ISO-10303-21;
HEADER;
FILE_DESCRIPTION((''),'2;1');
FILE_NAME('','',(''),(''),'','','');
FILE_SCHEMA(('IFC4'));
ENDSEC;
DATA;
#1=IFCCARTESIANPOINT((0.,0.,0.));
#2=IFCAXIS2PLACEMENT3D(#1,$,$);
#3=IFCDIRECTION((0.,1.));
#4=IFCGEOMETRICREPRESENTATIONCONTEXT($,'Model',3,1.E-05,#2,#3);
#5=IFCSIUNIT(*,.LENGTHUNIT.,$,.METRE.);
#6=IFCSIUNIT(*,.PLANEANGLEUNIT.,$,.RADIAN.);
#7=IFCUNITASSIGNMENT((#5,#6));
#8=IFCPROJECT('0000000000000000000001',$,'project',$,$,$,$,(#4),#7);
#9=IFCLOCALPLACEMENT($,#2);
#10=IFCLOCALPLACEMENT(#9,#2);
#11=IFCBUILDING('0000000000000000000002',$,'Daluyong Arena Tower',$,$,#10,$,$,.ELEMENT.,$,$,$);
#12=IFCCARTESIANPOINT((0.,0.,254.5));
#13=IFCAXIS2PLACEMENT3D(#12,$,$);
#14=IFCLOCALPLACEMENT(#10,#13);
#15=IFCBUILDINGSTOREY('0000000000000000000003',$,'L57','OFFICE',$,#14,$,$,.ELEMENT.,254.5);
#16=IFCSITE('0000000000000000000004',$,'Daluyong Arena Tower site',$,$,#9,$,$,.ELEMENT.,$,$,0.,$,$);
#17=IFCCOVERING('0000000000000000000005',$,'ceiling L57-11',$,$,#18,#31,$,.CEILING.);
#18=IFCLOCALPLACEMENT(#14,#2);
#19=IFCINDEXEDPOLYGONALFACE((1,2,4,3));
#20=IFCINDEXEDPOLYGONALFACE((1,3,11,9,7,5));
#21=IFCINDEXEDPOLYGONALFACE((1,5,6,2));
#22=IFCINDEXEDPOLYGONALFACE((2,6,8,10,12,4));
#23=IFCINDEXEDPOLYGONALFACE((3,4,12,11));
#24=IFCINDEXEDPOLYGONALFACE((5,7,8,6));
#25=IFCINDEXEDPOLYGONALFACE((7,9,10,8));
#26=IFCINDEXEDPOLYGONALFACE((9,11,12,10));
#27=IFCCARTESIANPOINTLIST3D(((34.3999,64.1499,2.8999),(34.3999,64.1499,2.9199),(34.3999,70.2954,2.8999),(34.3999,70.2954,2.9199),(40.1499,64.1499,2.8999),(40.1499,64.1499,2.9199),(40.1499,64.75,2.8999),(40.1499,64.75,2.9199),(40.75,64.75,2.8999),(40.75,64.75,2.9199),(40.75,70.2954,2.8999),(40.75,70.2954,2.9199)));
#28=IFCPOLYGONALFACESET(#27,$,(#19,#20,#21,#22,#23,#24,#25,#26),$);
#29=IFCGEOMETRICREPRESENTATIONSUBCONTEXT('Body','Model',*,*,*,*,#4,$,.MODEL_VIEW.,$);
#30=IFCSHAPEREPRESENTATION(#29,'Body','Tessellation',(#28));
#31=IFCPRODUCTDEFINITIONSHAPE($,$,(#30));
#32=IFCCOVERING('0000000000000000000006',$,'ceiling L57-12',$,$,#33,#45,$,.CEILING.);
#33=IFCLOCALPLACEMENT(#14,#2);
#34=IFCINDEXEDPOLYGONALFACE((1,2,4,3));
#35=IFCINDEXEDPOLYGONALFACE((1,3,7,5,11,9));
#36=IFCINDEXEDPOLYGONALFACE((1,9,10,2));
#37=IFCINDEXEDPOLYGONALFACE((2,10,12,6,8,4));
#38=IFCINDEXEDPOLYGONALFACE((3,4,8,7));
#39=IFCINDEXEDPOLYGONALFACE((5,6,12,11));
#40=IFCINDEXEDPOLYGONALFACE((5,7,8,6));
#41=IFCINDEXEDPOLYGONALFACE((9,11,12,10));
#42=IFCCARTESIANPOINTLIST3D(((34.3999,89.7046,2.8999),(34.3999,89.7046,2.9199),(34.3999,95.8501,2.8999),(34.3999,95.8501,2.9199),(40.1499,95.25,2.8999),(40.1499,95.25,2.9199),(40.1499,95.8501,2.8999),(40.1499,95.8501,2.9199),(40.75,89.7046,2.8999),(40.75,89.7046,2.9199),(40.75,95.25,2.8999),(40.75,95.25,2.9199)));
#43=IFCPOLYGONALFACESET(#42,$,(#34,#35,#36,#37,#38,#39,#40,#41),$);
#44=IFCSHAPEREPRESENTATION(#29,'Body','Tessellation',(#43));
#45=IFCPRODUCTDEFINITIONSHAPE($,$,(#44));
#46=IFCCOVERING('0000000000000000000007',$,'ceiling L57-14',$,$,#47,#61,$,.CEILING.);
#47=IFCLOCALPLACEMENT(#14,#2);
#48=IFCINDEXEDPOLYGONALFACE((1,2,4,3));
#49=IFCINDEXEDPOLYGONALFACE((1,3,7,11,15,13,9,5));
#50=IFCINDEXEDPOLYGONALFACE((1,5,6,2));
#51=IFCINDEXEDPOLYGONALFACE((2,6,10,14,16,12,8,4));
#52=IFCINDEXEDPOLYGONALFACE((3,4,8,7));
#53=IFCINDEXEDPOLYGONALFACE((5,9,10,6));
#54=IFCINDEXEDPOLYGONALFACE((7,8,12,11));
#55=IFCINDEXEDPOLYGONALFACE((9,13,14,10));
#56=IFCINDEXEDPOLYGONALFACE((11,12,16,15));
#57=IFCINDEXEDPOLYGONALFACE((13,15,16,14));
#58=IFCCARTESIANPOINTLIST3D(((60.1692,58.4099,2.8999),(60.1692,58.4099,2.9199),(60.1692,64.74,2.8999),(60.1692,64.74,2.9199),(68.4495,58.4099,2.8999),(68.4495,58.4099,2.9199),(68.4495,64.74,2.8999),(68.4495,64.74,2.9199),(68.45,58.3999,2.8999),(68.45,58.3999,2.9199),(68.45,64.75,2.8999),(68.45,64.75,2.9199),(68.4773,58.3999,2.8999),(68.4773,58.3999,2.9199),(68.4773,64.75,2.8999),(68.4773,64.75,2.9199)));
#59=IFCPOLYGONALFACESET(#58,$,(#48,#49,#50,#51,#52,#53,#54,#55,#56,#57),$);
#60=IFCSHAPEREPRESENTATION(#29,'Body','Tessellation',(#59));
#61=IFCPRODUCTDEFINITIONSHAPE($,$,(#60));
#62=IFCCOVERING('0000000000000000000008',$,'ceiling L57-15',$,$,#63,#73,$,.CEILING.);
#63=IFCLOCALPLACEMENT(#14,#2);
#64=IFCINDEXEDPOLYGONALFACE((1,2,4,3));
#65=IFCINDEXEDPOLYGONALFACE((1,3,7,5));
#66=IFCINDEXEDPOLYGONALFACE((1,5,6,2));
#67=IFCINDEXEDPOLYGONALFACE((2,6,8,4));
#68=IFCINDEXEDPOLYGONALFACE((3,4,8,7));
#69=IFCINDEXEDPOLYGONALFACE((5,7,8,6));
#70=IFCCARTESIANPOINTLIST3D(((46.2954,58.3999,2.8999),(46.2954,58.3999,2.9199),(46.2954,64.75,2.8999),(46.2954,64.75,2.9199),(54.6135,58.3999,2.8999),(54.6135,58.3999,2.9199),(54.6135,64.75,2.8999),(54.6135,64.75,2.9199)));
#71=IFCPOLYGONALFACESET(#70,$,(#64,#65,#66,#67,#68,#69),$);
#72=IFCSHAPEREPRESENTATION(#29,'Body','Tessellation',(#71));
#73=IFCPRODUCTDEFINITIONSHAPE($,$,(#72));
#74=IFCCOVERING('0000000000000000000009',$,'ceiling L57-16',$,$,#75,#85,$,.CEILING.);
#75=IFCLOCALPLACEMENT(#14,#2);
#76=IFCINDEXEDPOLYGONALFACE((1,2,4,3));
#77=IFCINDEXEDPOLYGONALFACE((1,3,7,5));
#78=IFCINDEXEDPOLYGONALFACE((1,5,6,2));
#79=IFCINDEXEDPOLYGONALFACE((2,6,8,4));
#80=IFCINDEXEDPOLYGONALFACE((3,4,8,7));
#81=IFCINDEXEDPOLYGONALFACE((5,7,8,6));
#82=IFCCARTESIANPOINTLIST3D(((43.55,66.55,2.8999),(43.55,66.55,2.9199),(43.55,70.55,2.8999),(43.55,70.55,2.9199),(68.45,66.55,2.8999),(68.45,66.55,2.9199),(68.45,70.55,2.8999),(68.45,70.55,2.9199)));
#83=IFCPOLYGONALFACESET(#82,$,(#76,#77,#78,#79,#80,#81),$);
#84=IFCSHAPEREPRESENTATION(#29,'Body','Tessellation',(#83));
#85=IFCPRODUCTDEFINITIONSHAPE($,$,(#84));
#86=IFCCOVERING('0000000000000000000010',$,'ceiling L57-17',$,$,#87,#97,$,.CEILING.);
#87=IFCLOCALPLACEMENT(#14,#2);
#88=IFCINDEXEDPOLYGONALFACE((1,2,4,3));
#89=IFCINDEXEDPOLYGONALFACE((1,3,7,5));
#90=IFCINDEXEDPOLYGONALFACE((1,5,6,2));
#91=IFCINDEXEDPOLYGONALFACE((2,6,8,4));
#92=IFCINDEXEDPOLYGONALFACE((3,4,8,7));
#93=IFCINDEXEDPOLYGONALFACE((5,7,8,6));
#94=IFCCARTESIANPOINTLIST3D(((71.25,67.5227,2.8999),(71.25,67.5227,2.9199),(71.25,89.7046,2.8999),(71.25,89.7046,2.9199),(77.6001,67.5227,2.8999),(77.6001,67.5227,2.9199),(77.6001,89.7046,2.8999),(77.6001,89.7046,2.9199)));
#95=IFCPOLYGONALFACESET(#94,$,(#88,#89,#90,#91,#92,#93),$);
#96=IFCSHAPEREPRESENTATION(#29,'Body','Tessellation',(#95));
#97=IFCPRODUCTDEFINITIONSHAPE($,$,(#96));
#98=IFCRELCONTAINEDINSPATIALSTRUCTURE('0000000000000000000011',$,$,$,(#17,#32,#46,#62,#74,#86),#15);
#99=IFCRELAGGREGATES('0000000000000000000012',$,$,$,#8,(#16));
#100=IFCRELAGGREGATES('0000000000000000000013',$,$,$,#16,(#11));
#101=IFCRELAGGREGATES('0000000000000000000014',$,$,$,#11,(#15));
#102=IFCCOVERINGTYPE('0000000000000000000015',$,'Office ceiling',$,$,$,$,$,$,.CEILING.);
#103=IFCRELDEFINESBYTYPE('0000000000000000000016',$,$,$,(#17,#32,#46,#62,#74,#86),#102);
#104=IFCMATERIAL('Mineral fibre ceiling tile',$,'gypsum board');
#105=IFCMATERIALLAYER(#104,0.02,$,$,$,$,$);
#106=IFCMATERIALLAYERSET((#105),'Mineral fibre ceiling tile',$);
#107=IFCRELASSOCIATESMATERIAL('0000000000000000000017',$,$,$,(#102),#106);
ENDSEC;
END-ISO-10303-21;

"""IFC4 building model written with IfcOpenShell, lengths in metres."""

from ifc_helpers import new_model, si_unit, direction, frame, origin, place, context, subcontext, project, spatial, polyline, outline, extrude, material, layer, layer_set, type_object, element, save


model = new_model("IFC4")

# Units and contexts
model_context = context("Model", 3, precision=1e-05, world=origin(), true_north=direction((0.0, 1.0)))
body_context = subcontext(model_context, "Body", "Model", "MODEL_VIEW")
ifc_project = project(units=[si_unit("LENGTHUNIT", "METRE"), si_unit("PLANEANGLEUNIT", "RADIAN")], contexts=[model_context])

# Site, building, storey
site_placement = place(None, origin())
site = spatial("IfcSite", under=ifc_project, at=site_placement, Name="Daluyong Arena Tower site", CompositionType="ELEMENT", RefElevation=0.0)
building_placement = place(site_placement, origin())
building = spatial("IfcBuilding", under=site, at=building_placement, Name="Daluyong Arena Tower", CompositionType="ELEMENT")
storey_placement = place(building_placement, frame((0.0, 0.0, 254.5)))
storey = spatial("IfcBuildingStorey", under=building, at=storey_placement, Name="L57", Description="OFFICE", CompositionType="ELEMENT", Elevation=254.5)

# Coverings
ifc_material_1 = material(Name="Mineral fibre ceiling tile", Category="gypsum board")
ifc_layer_1 = layer(ifc_material_1, 0.02)
ifc_layer_set_1 = layer_set([ifc_layer_1], Name="Mineral fibre ceiling tile")
covering_type = type_object("IfcCoveringType", Name="Office ceiling", PredefinedType="CEILING", material=ifc_layer_set_1)
covering_1_placement = place(storey_placement, frame((0.0, 0.0, 2.8999)))
element("IfcCovering", 1, at=covering_1_placement, inside=storey, type_object=covering_type, Name="ceiling L57-11", PredefinedType="CEILING", context=body_context, shape_type="SweptSolid", body=[
    extrude(outline(polyline([(34.3999, 64.1499), (40.1499, 64.1499), (40.1499, 64.75), (40.75, 64.75), (40.75, 70.2954), (34.3999, 70.2954), (34.3999, 64.1499)])), origin(), (0.0, 0.0, 1.0), 0.02),
])
covering_2_placement = place(storey_placement, frame((0.0, 0.0, 2.8999)))
element("IfcCovering", 2, at=covering_2_placement, inside=storey, type_object=covering_type, Name="ceiling L57-12", PredefinedType="CEILING", context=body_context, shape_type="SweptSolid", body=[
    extrude(outline(polyline([(40.75, 89.7046), (40.75, 95.25), (40.1499, 95.25), (40.1499, 95.8501), (34.3999, 95.8501), (34.3999, 89.7046), (40.75, 89.7046)])), origin(), (0.0, 0.0, 1.0), 0.02),
])
covering_3_placement = place(storey_placement, frame((0.0, 0.0, 2.8999)))
element("IfcCovering", 3, at=covering_3_placement, inside=storey, type_object=covering_type, Name="ceiling L57-14", PredefinedType="CEILING", context=body_context, shape_type="SweptSolid", body=[
    extrude(outline(polyline([(60.1692, 64.74), (60.1692, 58.4099), (68.4495, 58.4099), (68.45, 58.3999), (68.4773, 58.3999), (68.4773, 64.75), (68.45, 64.75), (68.4495, 64.74), (60.1692, 64.74)])), origin(), (0.0, 0.0, 1.0), 0.02),
])
covering_4_placement = place(storey_placement, frame((0.0, 0.0, 2.8999)))
element("IfcCovering", 4, at=covering_4_placement, inside=storey, type_object=covering_type, Name="ceiling L57-15", PredefinedType="CEILING", context=body_context, shape_type="SweptSolid", body=[
    extrude(outline(polyline([(46.2954, 58.3999), (54.6135, 58.3999), (54.6135, 64.75), (46.2954, 64.75), (46.2954, 58.3999)])), origin(), (0.0, 0.0, 1.0), 0.02),
])
covering_5_placement = place(storey_placement, frame((0.0, 0.0, 2.8999)))
element("IfcCovering", 5, at=covering_5_placement, inside=storey, type_object=covering_type, Name="ceiling L57-16", PredefinedType="CEILING", context=body_context, shape_type="SweptSolid", body=[
    extrude(outline(polyline([(68.45, 66.55), (68.45, 70.55), (43.55, 70.55), (43.55, 66.55), (68.45, 66.55)])), origin(), (0.0, 0.0, 1.0), 0.02),
])
covering_6_placement = place(storey_placement, frame((0.0, 0.0, 2.8999)))
element("IfcCovering", 6, at=covering_6_placement, inside=storey, type_object=covering_type, Name="ceiling L57-17", PredefinedType="CEILING", context=body_context, shape_type="SweptSolid", body=[
    extrude(outline(polyline([(77.6001, 67.5227), (77.6001, 89.7046), (71.25, 89.7046), (71.25, 67.5227), (77.6001, 67.5227)])), origin(), (0.0, 0.0, 1.0), 0.02),
])

save(model, "model.ifc")
